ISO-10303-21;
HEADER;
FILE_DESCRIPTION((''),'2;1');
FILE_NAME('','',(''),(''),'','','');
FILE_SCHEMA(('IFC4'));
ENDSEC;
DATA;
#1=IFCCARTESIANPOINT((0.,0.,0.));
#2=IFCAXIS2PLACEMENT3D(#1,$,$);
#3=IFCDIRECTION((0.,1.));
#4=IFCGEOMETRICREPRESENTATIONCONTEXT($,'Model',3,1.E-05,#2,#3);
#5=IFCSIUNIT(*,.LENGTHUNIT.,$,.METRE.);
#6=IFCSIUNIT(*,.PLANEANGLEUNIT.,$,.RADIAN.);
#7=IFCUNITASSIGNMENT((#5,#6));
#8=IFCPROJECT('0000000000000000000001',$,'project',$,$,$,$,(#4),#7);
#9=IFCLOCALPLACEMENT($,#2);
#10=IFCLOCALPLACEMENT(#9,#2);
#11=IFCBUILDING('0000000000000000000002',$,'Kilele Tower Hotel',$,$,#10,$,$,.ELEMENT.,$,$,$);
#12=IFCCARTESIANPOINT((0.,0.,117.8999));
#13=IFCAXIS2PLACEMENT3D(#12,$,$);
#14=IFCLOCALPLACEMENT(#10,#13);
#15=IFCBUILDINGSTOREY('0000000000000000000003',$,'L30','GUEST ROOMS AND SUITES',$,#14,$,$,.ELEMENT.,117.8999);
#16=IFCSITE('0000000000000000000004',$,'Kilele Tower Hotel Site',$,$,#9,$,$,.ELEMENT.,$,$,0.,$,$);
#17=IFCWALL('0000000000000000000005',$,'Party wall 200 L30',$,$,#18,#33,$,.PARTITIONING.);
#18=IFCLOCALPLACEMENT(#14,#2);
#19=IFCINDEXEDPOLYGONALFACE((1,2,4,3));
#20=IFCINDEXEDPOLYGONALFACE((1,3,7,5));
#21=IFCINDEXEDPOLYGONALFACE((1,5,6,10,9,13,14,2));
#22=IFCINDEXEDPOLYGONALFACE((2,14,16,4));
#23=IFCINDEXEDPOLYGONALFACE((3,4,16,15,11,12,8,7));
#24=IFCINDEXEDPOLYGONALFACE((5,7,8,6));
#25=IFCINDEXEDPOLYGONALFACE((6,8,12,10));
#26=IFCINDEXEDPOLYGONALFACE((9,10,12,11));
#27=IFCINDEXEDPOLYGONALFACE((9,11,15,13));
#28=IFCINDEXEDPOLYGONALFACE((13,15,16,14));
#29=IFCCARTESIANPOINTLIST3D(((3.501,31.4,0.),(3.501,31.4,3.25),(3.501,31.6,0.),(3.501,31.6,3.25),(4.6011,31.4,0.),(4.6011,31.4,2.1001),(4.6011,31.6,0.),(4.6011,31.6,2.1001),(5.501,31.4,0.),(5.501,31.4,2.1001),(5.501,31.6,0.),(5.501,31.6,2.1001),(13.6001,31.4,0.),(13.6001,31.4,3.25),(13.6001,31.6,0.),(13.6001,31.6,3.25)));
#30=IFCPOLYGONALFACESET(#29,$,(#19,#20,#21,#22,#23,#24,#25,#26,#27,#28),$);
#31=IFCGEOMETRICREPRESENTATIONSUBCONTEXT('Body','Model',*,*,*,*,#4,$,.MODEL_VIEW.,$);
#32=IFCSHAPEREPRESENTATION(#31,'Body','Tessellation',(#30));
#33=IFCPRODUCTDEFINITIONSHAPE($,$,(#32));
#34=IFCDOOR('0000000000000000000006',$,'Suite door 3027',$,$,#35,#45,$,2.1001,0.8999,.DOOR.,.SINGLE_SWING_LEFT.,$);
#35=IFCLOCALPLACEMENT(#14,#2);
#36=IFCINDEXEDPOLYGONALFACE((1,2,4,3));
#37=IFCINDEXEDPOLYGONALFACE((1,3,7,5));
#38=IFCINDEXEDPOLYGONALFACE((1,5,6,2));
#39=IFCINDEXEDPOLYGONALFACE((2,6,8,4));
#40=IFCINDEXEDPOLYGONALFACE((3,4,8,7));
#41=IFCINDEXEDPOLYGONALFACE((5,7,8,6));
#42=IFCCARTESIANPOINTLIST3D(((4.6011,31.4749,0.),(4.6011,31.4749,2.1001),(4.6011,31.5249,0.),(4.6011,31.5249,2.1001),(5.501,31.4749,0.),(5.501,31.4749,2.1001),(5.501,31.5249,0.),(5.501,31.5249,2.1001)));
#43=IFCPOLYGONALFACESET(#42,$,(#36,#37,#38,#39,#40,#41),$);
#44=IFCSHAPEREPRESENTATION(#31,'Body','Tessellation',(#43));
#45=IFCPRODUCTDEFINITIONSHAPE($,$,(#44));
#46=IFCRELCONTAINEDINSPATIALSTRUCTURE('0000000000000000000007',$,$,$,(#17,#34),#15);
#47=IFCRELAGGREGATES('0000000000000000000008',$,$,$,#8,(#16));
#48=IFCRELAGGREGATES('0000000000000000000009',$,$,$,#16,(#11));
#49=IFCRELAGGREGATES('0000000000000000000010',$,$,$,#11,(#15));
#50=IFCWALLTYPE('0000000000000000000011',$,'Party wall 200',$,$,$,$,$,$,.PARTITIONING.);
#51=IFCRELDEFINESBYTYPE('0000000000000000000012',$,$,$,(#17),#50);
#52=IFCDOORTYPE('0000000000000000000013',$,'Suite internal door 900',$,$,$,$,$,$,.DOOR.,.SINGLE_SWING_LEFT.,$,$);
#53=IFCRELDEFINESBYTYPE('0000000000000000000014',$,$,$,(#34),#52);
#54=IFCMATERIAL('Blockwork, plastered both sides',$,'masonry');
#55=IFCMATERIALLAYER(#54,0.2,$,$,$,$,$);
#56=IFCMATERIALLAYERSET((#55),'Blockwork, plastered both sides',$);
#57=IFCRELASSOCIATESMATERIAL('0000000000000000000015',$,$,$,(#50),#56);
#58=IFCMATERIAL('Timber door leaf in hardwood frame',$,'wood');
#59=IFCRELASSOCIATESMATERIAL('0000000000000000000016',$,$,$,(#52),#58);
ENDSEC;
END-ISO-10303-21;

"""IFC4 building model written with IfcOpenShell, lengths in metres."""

from ifc_helpers import new_model, si_unit, direction, frame, frame_2d, origin, place, context, subcontext, project, spatial, rectangle, extrude, material, layer, layer_set, type_object, element, fill, save


model = new_model("IFC4")

# Units and contexts
model_context = context("Model", 3, precision=1e-05, world=origin(), true_north=direction((0.0, 1.0)))
body_context = subcontext(model_context, "Body", "Model", "MODEL_VIEW")
ifc_project = project(units=[si_unit("LENGTHUNIT", "METRE"), si_unit("PLANEANGLEUNIT", "RADIAN")], contexts=[model_context])

# Site, building, storey
site_placement = place(None, origin())
site = spatial("IfcSite", under=ifc_project, at=site_placement, Name="Kilele Tower Hotel Site", CompositionType="ELEMENT", RefElevation=0.0)
building_placement = place(site_placement, origin())
building = spatial("IfcBuilding", under=site, at=building_placement, Name="Kilele Tower Hotel", CompositionType="ELEMENT")
storey_placement = place(building_placement, frame((0.0, 0.0, 117.8999)))
storey = spatial("IfcBuildingStorey", under=building, at=storey_placement, Name="L30", Description="GUEST ROOMS AND SUITES", CompositionType="ELEMENT", Elevation=117.8999)

# Wall, opening, door
ifc_material_1 = material(Name="Blockwork, plastered both sides", Category="masonry")
ifc_layer_1 = layer(ifc_material_1, 0.2)
ifc_layer_set_1 = layer_set([ifc_layer_1], Name="Blockwork, plastered both sides")
wall_type_1 = type_object("IfcWallType", Name="Party wall 200", PredefinedType="PARTITIONING", material=ifc_layer_set_1)
ifc_material_2 = material(Name="Timber door leaf in hardwood frame", Category="wood")
door_type_1 = type_object("IfcDoorType", Name="Suite internal door 900", OperationType="SINGLE_SWING_LEFT", PredefinedType="DOOR", material=ifc_material_2)
wall_1_placement = place(storey_placement, frame((13.6001, 31.5, 0.0), z_axis=(0.0, 0.0, 1.0), x_axis=(-1.0, 0.0, 0.0)))
wall_1 = element("IfcWall", 1, at=wall_1_placement, inside=storey, type_object=wall_type_1, Name="Party wall 200 L30", PredefinedType="PARTITIONING", context=body_context, shape_type="SweptSolid", body=[
    extrude(rectangle(XDim=10.0991, YDim=0.2, at=frame_2d((5.0496, 0.0))), origin(), (0.0, 0.0, 1.0), 3.25),
])
opening_1_placement = place(wall_1_placement, frame((8.999, 0.0, 0.0), z_axis=(0.0, 0.0, 1.0), x_axis=(-1.0, 0.0, 0.0)))
opening_1 = element("IfcOpeningElement", 2, at=opening_1_placement, cuts=wall_1, PredefinedType="OPENING", context=body_context, shape_type="SweptSolid", body=[
    extrude(rectangle(XDim=0.8999, YDim=2.1001, at=frame_2d((0.45, 1.05))), frame((0.0, 0.1099, 0.0), z_axis=(0.0, -1.0, 0.0), x_axis=(1.0, 0.0, 0.0)), (0.0, 0.0, 1.0), 0.22),
])
door_1_placement = place(opening_1_placement, origin())
door_1 = element("IfcDoor", 3, at=door_1_placement, inside=storey, type_object=door_type_1, Name="Suite door 3027", OperationType="SINGLE_SWING_LEFT", OverallHeight=2.1001, OverallWidth=0.8999, PredefinedType="DOOR", context=body_context, shape_type="SweptSolid", body=[
    extrude(rectangle(XDim=0.8999, YDim=2.1001, at=frame_2d((0.45, 1.05))), frame((0.0, 0.0249, 0.0), z_axis=(0.0, -1.0, 0.0), x_axis=(1.0, 0.0, 0.0)), (0.0, 0.0, 1.0), 0.05),
])
fill(opening_1, door_1)

save(model, "model.ifc")
